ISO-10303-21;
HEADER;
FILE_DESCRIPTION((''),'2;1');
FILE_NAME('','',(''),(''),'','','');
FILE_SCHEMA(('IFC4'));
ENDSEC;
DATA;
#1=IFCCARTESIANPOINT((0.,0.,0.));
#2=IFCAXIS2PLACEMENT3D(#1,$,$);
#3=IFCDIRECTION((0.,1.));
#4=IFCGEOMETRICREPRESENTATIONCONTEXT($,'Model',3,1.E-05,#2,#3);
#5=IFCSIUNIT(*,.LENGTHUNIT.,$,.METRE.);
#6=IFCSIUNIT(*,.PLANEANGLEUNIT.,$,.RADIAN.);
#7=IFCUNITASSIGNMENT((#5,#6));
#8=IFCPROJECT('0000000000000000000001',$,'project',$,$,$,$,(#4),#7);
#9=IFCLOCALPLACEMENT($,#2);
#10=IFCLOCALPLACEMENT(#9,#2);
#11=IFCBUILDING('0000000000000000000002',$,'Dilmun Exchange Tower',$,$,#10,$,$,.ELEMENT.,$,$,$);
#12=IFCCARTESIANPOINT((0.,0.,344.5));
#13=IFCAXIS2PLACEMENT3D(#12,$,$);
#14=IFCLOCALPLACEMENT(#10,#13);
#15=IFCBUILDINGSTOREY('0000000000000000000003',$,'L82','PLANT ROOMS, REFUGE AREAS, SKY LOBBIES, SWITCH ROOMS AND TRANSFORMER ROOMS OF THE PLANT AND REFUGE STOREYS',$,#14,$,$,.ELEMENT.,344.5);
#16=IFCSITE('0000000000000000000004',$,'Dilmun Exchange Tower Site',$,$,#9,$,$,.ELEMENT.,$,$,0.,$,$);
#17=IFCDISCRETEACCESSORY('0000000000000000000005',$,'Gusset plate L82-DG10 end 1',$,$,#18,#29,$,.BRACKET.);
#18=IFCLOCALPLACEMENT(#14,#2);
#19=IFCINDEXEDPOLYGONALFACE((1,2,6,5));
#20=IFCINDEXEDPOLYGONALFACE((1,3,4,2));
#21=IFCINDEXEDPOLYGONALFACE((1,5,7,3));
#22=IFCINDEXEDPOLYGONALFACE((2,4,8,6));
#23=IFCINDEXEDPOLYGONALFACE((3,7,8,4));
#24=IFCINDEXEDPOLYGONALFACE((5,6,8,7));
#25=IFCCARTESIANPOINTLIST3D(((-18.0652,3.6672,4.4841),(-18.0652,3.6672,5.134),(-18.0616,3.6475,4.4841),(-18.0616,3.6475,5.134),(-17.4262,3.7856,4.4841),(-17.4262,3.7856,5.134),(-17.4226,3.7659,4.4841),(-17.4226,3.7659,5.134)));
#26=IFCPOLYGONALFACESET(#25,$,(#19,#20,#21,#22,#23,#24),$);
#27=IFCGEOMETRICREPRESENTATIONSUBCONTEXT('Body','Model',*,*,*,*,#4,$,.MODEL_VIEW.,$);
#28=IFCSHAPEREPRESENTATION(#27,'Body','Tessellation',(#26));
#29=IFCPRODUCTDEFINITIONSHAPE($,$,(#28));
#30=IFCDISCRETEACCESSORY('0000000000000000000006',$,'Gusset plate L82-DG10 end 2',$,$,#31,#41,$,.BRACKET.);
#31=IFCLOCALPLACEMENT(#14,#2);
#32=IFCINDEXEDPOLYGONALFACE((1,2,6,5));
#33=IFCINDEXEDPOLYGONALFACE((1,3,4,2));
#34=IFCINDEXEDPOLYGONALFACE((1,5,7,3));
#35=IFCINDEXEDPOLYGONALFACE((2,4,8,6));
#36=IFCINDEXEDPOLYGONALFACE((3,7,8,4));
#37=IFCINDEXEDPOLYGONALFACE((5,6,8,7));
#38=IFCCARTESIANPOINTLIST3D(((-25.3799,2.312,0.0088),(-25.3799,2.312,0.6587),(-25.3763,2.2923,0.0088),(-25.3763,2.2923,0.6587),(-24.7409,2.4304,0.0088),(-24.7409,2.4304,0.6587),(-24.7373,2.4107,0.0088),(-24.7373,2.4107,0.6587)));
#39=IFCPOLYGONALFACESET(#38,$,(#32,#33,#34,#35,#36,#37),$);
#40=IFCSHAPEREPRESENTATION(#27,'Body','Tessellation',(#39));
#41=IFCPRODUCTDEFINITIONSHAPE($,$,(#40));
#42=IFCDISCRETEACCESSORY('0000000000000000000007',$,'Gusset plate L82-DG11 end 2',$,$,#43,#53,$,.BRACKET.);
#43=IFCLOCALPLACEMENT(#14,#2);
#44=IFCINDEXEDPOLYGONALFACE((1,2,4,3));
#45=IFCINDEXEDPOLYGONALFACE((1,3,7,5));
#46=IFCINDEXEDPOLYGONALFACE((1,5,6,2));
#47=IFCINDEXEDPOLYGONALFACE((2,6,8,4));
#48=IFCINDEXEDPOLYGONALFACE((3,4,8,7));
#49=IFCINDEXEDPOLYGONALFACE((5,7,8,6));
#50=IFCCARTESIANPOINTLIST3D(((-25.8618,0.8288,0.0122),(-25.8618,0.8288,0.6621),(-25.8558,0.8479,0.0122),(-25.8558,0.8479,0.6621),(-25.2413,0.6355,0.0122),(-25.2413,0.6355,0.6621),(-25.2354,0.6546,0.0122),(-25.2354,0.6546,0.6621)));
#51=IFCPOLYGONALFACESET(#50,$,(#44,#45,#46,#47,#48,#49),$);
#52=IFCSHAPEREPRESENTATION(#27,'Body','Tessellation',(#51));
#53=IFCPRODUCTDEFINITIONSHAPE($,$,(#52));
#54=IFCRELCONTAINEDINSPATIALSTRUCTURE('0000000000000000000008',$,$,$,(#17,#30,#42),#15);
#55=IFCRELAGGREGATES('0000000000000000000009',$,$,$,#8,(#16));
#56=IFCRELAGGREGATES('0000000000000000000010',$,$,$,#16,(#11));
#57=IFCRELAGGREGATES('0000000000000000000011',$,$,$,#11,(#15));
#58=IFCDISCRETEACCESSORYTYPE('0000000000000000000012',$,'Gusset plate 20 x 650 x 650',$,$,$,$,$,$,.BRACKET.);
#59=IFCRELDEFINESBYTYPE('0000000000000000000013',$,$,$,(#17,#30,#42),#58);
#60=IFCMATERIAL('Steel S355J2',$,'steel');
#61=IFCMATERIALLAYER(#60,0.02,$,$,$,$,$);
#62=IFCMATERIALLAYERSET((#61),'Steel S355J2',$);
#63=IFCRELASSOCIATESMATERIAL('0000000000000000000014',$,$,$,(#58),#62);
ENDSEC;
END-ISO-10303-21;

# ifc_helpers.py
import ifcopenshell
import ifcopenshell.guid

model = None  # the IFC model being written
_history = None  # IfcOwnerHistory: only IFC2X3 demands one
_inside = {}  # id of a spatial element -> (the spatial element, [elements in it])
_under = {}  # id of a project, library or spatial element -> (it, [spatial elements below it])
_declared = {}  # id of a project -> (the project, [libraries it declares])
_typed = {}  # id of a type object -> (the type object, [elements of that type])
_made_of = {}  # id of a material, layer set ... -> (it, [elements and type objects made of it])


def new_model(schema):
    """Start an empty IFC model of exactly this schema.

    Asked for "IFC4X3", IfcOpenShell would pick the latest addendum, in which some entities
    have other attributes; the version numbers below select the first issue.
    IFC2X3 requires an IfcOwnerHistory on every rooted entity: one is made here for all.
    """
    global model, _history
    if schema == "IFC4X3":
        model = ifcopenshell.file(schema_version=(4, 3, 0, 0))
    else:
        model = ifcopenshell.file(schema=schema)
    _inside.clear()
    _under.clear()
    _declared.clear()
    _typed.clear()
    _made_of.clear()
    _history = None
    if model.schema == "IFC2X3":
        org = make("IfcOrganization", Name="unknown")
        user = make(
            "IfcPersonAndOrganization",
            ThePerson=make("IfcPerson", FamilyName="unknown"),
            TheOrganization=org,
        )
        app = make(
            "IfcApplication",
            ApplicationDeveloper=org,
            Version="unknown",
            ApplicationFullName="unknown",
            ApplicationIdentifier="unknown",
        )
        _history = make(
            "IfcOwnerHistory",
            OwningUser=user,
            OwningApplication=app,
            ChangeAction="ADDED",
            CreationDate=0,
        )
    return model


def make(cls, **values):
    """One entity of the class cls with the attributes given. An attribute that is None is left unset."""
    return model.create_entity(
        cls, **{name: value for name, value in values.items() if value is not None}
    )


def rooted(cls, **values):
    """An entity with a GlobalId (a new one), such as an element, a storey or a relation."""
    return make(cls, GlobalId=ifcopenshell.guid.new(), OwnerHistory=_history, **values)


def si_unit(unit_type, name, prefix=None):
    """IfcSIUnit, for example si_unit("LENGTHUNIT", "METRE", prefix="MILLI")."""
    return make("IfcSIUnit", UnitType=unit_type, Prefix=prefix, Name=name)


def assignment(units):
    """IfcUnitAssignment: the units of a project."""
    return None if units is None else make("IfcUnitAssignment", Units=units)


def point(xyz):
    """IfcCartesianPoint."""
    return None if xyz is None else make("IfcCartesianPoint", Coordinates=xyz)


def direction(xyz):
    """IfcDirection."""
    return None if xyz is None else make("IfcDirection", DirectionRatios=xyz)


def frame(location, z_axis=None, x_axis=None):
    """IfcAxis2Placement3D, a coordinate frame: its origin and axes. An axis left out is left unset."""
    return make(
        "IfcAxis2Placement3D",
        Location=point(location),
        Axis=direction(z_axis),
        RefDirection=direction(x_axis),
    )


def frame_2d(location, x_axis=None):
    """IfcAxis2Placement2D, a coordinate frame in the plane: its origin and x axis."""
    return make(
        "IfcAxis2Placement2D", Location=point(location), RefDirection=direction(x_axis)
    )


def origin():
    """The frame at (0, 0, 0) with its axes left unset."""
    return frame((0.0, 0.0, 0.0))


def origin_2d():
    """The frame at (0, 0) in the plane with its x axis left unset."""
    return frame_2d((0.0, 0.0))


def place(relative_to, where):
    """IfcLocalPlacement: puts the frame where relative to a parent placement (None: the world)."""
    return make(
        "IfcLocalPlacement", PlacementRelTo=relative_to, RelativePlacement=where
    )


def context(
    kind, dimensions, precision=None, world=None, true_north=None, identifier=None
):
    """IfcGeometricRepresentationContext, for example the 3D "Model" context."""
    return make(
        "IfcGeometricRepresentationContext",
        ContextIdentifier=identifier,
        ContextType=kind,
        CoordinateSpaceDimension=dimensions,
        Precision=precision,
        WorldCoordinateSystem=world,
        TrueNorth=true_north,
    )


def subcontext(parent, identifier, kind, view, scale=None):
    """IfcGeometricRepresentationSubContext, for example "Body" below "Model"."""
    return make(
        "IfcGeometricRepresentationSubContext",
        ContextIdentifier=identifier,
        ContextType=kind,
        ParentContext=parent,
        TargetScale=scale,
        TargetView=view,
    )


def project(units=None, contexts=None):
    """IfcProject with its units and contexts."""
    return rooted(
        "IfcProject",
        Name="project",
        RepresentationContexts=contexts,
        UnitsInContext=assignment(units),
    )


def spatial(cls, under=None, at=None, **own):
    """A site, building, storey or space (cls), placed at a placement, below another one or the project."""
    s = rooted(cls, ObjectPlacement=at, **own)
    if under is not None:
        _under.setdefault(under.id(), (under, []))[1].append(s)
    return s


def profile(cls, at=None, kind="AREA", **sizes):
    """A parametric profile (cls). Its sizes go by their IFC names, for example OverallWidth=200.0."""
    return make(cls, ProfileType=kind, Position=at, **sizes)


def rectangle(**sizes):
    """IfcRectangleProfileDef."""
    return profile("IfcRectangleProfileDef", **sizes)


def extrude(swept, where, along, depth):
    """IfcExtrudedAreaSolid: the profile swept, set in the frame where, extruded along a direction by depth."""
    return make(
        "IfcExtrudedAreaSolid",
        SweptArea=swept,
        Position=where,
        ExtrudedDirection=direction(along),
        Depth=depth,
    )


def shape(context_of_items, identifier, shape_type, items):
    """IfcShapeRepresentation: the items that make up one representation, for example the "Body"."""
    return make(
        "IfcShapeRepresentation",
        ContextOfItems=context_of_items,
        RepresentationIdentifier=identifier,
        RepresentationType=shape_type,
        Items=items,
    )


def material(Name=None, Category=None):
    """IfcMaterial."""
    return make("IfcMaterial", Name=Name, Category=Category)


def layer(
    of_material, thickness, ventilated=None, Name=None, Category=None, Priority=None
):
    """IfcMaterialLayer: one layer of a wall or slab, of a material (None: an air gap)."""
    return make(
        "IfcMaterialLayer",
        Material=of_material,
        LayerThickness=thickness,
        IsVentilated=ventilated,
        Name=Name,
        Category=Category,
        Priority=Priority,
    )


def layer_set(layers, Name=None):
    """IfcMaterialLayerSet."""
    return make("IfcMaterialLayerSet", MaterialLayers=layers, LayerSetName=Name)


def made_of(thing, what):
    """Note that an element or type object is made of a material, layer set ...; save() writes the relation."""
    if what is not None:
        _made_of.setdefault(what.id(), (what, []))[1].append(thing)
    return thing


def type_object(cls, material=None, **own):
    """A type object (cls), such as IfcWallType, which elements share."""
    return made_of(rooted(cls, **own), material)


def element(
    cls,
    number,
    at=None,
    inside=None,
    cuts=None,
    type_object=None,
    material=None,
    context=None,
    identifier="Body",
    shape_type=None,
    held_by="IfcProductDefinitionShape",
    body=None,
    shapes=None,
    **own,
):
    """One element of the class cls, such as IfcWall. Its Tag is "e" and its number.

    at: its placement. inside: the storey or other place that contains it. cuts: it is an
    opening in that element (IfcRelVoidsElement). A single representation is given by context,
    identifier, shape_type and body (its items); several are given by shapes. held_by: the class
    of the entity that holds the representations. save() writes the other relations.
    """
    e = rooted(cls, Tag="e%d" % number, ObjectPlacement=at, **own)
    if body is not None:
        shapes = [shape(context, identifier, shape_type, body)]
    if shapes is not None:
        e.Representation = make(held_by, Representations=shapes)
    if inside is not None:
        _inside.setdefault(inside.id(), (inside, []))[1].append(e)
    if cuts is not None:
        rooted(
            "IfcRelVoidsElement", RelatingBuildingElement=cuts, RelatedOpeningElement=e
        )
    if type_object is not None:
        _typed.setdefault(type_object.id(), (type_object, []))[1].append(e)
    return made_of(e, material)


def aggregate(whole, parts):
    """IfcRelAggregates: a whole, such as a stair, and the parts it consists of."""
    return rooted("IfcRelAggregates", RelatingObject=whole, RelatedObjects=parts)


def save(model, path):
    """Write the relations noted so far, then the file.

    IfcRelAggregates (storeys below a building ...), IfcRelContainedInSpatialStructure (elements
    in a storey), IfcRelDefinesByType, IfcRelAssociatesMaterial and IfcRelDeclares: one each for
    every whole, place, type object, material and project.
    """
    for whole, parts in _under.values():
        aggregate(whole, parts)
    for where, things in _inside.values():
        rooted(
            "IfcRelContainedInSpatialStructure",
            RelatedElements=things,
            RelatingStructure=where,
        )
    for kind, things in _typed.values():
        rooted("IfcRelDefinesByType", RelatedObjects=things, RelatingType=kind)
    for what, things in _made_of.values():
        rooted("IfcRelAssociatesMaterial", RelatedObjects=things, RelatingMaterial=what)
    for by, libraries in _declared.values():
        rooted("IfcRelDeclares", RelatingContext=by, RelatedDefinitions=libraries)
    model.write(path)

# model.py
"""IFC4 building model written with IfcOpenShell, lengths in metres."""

from ifc_helpers import new_model, si_unit, direction, frame, origin, origin_2d, place, context, subcontext, project, spatial, rectangle, extrude, material, layer, layer_set, type_object, element, save


model = new_model("IFC4")

# Units and contexts
model_context = context("Model", 3, precision=1e-05, world=origin(), true_north=direction((0.0, 1.0)))
body_context = subcontext(model_context, "Body", "Model", "MODEL_VIEW")
ifc_project = project(units=[si_unit("LENGTHUNIT", "METRE"), si_unit("PLANEANGLEUNIT", "RADIAN")], contexts=[model_context])

# Site, building, storey
site_placement = place(None, origin())
site = spatial("IfcSite", under=ifc_project, at=site_placement, Name="Dilmun Exchange Tower Site", CompositionType="ELEMENT", RefElevation=0.0)
building_placement = place(site_placement, origin())
building = spatial("IfcBuilding", under=site, at=building_placement, Name="Dilmun Exchange Tower", CompositionType="ELEMENT")
storey_placement = place(building_placement, frame((0.0, 0.0, 344.5)))
storey = spatial("IfcBuildingStorey", under=building, at=storey_placement, Name="L82", Description="PLANT ROOMS, REFUGE AREAS, SKY LOBBIES, SWITCH ROOMS AND TRANSFORMER ROOMS OF THE PLANT AND REFUGE STOREYS", CompositionType="ELEMENT", Elevation=344.5)

# Discrete accessories
ifc_material_1 = material(Name="Steel S355J2", Category="steel")
ifc_layer_1 = layer(ifc_material_1, 0.02)
ifc_layer_set_1 = layer_set([ifc_layer_1], Name="Steel S355J2")
discrete_accessory_type = type_object("IfcDiscreteAccessoryType", Name="Gusset plate 20 x 650 x 650", PredefinedType="BRACKET", material=ifc_layer_set_1)
for number, where, z_axis, x_axis, name in (
    (1, (-17.7439, 3.7166, 4.4841), (0.0, 0.0, 1.0), (-0.983263, -0.182193, 0.0), "Gusset plate L82-DG10 end 1"),
    (2, (-25.0586, 2.3613, 0.0088), (0.0, 0.0, 1.0), (-0.983263, -0.182193, 0.0), "Gusset plate L82-DG10 end 2"),
    (3, (-25.5486, 0.7417, 0.0122), (0.0, 0.0, 1.0), (-0.954721, 0.297503, 0.0), "Gusset plate L82-DG11 end 2"),
):
    element("IfcDiscreteAccessory", number, at=place(storey_placement, frame(where, z_axis=z_axis, x_axis=x_axis)), inside=storey, type_object=discrete_accessory_type, Name=name, PredefinedType="BRACKET", context=body_context, shape_type="SweptSolid", body=[
        extrude(rectangle(XDim=0.6499, YDim=0.02, at=origin_2d()), origin(), (0.0, 0.0, 1.0), 0.6499),
    ])

save(model, "model.ifc")
